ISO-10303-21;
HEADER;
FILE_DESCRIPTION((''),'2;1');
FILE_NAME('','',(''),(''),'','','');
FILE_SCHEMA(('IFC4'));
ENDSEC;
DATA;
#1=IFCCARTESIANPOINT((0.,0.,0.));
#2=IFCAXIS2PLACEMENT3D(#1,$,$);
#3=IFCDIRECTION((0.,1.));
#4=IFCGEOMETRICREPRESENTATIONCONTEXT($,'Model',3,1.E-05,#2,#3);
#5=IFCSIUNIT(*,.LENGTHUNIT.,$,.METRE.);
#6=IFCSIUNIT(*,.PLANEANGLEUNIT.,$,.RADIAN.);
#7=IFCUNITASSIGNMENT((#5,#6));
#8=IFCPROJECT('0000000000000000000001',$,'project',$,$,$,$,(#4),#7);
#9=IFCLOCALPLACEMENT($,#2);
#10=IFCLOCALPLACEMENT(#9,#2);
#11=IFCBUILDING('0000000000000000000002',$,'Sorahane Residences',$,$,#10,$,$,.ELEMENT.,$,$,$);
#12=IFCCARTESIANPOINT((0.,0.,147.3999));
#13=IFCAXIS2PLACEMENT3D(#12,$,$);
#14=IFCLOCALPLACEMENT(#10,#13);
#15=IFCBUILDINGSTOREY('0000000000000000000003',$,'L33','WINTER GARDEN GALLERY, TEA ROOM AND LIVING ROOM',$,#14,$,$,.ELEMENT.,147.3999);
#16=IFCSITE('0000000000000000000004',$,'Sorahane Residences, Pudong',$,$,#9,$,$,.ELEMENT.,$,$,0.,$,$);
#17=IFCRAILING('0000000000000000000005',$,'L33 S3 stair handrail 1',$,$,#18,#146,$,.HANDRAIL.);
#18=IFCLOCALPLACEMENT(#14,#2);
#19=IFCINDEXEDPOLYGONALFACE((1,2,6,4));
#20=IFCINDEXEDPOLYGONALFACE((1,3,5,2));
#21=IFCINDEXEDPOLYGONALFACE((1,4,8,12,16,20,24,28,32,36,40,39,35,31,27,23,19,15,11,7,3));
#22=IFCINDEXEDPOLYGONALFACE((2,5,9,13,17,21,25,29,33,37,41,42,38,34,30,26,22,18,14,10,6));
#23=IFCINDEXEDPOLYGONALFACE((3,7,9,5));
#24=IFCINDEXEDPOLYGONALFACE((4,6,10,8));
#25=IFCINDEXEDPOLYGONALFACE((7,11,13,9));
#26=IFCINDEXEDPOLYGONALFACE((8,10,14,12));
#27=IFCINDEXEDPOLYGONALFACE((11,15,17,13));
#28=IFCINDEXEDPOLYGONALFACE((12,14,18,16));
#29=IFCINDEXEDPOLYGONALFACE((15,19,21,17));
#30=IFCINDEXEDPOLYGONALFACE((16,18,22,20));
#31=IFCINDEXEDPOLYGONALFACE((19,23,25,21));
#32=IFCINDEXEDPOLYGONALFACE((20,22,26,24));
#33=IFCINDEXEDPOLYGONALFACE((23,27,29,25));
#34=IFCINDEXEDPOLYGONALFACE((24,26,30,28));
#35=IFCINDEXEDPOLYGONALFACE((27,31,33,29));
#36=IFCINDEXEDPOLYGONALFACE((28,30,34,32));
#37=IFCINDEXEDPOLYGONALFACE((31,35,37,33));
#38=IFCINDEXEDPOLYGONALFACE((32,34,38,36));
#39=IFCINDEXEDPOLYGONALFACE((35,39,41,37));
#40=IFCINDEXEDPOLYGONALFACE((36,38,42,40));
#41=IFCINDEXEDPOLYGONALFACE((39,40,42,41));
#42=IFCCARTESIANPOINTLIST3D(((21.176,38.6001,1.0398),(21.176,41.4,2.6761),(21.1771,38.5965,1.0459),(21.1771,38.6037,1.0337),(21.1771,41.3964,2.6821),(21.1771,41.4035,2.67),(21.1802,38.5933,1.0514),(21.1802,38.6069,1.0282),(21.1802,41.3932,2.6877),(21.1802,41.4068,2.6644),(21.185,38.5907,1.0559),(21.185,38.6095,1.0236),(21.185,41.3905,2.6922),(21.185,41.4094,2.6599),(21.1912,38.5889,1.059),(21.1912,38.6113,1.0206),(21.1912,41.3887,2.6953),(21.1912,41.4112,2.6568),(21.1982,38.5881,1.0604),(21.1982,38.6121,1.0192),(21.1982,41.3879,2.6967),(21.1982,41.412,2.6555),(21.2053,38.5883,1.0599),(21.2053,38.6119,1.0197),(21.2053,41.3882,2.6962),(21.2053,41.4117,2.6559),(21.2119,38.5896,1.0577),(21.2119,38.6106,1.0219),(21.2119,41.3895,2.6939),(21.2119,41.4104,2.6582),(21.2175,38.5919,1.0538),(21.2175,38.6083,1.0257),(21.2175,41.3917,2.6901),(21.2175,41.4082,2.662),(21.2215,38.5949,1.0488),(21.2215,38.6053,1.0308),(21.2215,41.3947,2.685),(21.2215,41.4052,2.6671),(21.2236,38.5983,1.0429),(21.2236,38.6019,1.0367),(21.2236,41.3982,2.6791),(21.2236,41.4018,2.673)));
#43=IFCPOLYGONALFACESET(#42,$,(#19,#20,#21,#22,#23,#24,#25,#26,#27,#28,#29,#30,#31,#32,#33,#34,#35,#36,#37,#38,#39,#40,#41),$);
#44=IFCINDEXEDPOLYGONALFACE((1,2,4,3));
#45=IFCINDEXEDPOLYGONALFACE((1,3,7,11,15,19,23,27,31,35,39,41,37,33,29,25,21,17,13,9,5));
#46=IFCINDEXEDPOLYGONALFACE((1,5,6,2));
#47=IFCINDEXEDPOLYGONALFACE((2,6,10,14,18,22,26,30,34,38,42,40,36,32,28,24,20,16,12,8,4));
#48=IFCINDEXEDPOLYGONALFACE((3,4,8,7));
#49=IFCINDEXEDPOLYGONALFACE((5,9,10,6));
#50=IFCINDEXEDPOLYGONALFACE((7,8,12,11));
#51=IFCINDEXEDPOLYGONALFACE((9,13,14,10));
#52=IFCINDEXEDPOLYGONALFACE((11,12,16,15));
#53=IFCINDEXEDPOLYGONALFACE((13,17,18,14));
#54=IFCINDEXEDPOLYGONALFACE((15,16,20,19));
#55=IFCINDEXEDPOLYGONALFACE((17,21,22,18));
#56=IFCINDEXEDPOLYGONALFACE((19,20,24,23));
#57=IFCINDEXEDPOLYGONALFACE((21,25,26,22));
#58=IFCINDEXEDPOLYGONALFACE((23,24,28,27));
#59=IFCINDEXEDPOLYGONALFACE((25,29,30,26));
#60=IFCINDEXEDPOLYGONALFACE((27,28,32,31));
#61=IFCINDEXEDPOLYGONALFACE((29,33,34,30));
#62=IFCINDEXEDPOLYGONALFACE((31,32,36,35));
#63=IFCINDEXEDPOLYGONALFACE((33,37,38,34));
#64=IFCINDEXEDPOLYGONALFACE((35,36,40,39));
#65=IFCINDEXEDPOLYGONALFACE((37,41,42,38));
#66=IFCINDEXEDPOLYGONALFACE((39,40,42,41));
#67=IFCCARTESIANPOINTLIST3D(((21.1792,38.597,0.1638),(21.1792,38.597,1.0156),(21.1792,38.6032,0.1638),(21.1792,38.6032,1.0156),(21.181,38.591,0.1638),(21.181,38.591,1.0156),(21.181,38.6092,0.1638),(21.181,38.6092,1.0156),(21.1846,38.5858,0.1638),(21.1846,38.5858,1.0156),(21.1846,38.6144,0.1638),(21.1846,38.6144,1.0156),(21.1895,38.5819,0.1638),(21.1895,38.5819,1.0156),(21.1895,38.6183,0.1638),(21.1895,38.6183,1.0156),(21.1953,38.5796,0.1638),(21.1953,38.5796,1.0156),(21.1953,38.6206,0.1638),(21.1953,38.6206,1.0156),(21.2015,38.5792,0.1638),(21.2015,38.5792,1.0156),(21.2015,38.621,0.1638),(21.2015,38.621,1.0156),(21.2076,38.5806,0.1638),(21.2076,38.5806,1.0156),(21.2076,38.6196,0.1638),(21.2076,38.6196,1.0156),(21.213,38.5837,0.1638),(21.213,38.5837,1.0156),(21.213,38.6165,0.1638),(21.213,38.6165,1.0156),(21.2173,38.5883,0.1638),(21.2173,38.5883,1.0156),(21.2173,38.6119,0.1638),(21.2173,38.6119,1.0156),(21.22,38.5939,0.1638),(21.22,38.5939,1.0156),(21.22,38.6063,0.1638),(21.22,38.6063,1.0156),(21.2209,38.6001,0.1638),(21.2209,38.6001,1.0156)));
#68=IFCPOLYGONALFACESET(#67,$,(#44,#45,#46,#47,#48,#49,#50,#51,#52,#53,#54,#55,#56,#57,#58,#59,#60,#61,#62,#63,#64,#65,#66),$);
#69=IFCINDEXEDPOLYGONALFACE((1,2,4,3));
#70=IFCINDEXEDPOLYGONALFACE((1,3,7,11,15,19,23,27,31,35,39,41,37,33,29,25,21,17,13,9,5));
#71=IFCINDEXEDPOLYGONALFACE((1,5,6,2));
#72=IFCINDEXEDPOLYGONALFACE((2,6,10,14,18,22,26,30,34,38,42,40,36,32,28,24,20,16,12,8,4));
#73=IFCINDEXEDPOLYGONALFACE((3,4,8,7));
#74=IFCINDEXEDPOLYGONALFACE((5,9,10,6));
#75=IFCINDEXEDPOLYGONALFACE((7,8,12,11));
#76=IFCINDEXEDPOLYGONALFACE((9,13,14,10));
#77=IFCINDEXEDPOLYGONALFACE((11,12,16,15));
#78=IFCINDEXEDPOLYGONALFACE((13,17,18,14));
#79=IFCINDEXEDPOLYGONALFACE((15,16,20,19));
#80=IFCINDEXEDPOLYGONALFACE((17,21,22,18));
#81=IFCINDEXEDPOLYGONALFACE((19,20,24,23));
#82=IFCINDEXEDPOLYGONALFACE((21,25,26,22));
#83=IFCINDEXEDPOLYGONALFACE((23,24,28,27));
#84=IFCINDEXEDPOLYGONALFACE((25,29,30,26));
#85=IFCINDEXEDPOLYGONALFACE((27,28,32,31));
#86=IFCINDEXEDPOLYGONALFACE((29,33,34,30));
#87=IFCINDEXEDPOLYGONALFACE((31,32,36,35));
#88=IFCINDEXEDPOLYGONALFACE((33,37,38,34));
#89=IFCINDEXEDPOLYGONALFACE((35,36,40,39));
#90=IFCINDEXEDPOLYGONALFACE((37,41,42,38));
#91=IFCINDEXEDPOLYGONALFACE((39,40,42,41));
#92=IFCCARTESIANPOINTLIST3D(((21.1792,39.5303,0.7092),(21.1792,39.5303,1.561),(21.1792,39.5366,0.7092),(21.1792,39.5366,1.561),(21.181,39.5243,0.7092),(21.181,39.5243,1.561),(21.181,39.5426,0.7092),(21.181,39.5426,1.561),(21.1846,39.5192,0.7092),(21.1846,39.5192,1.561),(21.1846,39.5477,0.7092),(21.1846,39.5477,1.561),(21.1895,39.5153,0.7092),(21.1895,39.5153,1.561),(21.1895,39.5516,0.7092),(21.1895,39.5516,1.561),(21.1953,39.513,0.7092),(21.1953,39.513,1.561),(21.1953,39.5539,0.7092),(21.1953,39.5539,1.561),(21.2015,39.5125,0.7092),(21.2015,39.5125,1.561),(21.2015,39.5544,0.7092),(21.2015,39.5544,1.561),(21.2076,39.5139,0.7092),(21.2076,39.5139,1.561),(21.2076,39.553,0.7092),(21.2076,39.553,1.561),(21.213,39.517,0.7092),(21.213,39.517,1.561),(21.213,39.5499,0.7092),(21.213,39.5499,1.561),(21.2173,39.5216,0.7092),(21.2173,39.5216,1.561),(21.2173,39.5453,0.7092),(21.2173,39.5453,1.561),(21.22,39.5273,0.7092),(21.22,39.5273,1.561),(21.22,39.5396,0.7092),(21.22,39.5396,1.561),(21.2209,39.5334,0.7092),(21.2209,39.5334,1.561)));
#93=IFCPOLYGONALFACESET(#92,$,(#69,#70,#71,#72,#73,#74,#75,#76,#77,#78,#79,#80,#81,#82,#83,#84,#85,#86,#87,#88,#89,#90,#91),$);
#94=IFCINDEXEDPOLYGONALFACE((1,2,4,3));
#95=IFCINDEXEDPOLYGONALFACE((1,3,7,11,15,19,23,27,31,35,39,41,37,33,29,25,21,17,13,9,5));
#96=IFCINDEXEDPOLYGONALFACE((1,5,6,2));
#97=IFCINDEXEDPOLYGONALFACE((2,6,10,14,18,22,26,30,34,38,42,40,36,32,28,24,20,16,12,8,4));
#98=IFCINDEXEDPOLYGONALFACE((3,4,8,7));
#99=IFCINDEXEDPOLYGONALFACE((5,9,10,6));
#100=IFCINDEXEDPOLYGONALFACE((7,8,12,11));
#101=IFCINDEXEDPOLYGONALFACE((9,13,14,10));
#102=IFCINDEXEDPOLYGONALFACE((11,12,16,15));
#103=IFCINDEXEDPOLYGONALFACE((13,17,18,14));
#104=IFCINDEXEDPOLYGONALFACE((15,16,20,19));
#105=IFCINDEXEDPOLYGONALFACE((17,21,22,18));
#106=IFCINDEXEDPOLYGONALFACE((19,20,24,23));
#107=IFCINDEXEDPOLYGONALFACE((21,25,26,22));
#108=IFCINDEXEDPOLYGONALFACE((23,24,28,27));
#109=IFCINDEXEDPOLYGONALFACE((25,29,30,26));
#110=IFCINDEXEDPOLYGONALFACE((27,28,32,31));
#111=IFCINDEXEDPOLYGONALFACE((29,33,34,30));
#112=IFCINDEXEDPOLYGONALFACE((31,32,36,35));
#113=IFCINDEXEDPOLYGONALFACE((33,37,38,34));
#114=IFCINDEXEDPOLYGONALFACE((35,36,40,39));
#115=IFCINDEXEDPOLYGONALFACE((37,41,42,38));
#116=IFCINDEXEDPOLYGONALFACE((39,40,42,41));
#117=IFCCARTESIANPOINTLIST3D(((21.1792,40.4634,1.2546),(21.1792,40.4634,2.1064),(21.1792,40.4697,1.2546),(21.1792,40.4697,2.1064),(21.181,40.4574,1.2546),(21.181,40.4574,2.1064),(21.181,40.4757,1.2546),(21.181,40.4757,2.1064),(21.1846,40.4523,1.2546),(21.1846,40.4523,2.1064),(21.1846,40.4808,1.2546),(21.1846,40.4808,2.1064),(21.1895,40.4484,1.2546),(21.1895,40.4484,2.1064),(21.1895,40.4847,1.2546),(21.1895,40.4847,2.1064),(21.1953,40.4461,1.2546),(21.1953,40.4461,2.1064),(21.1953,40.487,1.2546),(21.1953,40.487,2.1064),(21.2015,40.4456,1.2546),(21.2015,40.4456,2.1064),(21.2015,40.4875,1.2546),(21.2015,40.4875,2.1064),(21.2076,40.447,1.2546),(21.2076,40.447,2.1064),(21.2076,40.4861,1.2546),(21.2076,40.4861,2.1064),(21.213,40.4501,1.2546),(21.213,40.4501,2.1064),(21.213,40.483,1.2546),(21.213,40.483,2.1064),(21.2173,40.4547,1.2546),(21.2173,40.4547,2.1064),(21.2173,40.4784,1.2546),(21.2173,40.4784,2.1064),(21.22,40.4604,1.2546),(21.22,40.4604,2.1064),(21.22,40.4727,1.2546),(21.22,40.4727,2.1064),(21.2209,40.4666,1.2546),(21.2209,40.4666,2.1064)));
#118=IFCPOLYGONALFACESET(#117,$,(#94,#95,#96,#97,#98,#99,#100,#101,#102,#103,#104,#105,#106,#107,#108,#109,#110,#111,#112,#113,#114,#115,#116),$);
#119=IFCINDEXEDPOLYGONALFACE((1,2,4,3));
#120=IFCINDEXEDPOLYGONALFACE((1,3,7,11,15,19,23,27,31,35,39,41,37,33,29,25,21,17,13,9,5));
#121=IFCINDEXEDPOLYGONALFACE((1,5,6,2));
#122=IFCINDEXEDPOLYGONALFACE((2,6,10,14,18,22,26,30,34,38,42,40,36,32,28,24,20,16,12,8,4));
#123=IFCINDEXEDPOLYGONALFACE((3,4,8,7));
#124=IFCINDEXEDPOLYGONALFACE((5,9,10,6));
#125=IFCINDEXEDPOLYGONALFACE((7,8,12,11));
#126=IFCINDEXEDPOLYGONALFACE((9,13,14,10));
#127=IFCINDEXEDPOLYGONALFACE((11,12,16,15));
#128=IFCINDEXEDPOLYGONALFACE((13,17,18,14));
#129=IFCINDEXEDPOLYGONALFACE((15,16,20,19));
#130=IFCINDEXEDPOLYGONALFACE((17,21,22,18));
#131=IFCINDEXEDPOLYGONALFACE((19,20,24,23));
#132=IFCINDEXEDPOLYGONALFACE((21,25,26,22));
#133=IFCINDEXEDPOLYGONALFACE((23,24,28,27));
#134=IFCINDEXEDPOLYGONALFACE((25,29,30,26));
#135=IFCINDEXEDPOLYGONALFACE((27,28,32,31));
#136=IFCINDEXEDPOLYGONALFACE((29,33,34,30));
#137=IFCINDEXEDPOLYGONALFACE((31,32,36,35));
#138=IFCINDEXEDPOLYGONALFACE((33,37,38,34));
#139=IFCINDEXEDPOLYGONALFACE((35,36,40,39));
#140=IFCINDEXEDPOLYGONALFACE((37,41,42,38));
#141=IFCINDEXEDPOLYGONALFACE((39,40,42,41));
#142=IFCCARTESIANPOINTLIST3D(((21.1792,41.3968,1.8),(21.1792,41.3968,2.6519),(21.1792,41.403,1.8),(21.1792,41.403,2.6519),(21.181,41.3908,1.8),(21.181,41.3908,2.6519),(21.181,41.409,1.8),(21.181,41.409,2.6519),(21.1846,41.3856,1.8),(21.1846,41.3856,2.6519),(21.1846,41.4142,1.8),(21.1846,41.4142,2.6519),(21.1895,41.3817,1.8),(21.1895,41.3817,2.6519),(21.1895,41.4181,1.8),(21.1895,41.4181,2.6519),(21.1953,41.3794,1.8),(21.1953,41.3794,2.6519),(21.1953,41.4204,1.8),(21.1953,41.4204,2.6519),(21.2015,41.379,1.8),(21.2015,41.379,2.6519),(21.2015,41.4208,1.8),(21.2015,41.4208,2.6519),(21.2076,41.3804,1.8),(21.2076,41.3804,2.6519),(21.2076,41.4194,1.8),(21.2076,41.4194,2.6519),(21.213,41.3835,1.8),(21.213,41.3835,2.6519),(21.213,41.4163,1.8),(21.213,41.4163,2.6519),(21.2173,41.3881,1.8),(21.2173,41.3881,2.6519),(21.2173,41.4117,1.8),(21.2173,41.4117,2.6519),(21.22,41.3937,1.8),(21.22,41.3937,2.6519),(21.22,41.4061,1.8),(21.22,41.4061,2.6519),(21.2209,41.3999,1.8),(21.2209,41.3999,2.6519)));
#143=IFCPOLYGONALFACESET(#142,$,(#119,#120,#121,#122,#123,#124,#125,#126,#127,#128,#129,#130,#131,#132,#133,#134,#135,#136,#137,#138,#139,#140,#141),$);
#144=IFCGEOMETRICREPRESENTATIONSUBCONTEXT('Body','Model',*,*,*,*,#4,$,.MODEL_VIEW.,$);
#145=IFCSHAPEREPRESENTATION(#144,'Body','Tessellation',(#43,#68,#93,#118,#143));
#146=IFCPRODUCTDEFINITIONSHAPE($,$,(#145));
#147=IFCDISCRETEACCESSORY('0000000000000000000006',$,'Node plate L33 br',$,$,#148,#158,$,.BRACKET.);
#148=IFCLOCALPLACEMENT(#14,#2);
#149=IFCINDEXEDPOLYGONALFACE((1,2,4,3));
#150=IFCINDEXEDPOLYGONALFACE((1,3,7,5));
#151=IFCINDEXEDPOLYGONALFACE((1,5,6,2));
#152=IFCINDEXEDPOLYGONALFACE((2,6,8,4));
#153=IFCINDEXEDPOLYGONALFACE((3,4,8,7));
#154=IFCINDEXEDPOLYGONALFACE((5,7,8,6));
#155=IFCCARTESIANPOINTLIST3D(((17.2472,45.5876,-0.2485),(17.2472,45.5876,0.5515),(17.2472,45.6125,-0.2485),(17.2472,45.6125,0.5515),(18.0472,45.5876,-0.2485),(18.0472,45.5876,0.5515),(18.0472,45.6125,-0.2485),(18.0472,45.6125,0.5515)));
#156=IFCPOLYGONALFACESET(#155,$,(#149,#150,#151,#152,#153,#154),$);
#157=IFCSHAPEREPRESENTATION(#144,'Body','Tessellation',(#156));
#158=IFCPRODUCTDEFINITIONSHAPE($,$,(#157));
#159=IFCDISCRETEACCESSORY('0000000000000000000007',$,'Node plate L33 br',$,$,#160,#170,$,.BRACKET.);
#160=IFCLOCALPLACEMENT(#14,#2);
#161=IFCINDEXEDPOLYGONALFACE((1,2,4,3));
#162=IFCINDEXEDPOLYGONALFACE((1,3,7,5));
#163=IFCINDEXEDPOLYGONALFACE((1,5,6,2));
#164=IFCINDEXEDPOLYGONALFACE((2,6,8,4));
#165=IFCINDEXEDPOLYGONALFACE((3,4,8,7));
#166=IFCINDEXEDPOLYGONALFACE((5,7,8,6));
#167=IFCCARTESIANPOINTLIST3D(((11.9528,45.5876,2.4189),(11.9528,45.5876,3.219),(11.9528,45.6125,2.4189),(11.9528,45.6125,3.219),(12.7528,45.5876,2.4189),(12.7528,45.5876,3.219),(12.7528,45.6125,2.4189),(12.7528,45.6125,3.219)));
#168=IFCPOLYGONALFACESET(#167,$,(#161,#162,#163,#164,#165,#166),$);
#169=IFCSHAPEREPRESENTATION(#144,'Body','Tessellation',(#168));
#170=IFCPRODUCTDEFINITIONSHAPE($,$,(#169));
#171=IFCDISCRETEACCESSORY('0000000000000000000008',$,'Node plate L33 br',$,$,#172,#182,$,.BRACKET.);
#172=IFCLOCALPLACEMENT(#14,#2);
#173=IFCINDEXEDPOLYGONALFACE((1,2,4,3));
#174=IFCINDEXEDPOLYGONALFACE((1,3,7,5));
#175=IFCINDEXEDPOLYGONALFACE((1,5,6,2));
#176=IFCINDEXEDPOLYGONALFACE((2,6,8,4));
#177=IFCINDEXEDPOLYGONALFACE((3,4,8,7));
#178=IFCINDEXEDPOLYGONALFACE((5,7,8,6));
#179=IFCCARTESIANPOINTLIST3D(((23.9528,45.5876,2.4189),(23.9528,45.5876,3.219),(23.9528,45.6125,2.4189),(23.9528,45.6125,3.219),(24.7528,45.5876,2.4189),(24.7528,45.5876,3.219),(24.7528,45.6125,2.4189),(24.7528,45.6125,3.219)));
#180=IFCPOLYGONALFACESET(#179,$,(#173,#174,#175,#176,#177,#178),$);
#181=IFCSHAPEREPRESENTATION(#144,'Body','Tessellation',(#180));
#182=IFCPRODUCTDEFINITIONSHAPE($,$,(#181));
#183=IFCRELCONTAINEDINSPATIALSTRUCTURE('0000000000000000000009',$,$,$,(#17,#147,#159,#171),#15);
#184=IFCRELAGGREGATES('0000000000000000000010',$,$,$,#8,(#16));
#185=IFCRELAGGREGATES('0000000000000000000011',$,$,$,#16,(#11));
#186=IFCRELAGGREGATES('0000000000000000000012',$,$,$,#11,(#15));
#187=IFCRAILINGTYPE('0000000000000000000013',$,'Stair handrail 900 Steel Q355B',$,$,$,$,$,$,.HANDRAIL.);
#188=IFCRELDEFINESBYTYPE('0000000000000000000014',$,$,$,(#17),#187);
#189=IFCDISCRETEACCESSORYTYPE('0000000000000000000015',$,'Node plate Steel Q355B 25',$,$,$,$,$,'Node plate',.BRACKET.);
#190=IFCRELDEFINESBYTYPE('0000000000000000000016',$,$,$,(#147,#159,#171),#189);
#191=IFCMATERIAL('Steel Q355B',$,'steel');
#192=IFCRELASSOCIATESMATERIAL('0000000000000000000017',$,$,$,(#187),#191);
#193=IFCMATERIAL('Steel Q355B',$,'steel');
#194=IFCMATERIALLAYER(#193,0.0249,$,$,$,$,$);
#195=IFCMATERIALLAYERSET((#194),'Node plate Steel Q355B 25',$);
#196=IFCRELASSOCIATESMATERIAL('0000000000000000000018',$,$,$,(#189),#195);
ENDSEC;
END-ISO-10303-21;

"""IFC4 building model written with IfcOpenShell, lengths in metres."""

from ifc_helpers import new_model, si_unit, direction, frame, origin, origin_2d, place, context, subcontext, project, spatial, rectangle, circle, extrude, material, layer, layer_set, type_object, element, save


model = new_model("IFC4")

# Units and contexts
model_context = context("Model", 3, precision=1e-05, world=origin(), true_north=direction((0.0, 1.0)))
body_context = subcontext(model_context, "Body", "Model", "MODEL_VIEW")
ifc_project = project(units=[si_unit("LENGTHUNIT", "METRE"), si_unit("PLANEANGLEUNIT", "RADIAN")], contexts=[model_context])

# Site, building, storey
site_placement = place(None, origin())
site = spatial("IfcSite", under=ifc_project, at=site_placement, Name="Sorahane Residences, Pudong", CompositionType="ELEMENT", RefElevation=0.0)
building_placement = place(site_placement, origin())
building = spatial("IfcBuilding", under=site, at=building_placement, Name="Sorahane Residences", CompositionType="ELEMENT")
storey_placement = place(building_placement, frame((0.0, 0.0, 147.3999)))
storey = spatial("IfcBuildingStorey", under=building, at=storey_placement, Name="L33", Description="WINTER GARDEN GALLERY, TEA ROOM AND LIVING ROOM", CompositionType="ELEMENT", Elevation=147.3999)

# Railing
ifc_material_1 = material(Name="Steel Q355B", Category="steel")
railing_type = type_object("IfcRailingType", Name="Stair handrail 900 Steel Q355B", PredefinedType="HANDRAIL", material=ifc_material_1)
railing_placement = place(storey_placement, frame((21.2, 38.6001, 0.1638)))
element("IfcRailing", 1, at=railing_placement, inside=storey, type_object=railing_type, Name="L33 S3 stair handrail 1", PredefinedType="HANDRAIL", context=body_context, shape_type="SweptSolid", body=[
    extrude(circle(Radius=0.0239, at=origin_2d()), frame((0.0, 0.0, 0.876), z_axis=(0.0, 0.863374, 0.504564), x_axis=(-1.0, 0.0, 0.0)), (0.0, 0.0, 1.0), 3.2429),
    extrude(circle(Radius=0.021, at=origin_2d()), origin(), (0.0, 0.0, 1.0), 0.8518),
    extrude(circle(Radius=0.021, at=origin_2d()), frame((0.0, 0.9333, 0.5454)), (0.0, 0.0, 1.0), 0.8518),
    extrude(circle(Radius=0.021, at=origin_2d()), frame((0.0, 1.8665, 1.0908)), (0.0, 0.0, 1.0), 0.8518),
    extrude(circle(Radius=0.021, at=origin_2d()), frame((0.0, 2.7998, 1.6362)), (0.0, 0.0, 1.0), 0.8518),
])

# Discrete accessories
ifc_material_2 = material(Name="Steel Q355B", Category="steel")
ifc_layer_1 = layer(ifc_material_2, 0.0249)
ifc_layer_set_1 = layer_set([ifc_layer_1], Name="Node plate Steel Q355B 25")
discrete_accessory_type = type_object("IfcDiscreteAccessoryType", Name="Node plate Steel Q355B 25", ElementType="Node plate", PredefinedType="BRACKET", material=ifc_layer_set_1)
for number, where, z_axis, x_axis, name in (
    (2, (17.6472, 45.6001, -0.2485), (0.0, 0.0, 1.0), (1.0, 0.0, 0.0), "Node plate L33 br"),
    (3, (12.3528, 45.6001, 2.4189), (0.0, 0.0, 1.0), (1.0, 0.0, 0.0), "Node plate L33 br"),
    (4, (24.3528, 45.6001, 2.4189), (0.0, 0.0, 1.0), (1.0, 0.0, 0.0), "Node plate L33 br"),
):
    element("IfcDiscreteAccessory", number, at=place(storey_placement, frame(where, z_axis=z_axis, x_axis=x_axis)), inside=storey, type_object=discrete_accessory_type, Name=name, PredefinedType="BRACKET", context=body_context, shape_type="SweptSolid", body=[
        extrude(rectangle(XDim=0.8, YDim=0.0249, at=origin_2d()), origin(), (0.0, 0.0, 1.0), 0.8),
    ])

save(model, "model.ifc")
